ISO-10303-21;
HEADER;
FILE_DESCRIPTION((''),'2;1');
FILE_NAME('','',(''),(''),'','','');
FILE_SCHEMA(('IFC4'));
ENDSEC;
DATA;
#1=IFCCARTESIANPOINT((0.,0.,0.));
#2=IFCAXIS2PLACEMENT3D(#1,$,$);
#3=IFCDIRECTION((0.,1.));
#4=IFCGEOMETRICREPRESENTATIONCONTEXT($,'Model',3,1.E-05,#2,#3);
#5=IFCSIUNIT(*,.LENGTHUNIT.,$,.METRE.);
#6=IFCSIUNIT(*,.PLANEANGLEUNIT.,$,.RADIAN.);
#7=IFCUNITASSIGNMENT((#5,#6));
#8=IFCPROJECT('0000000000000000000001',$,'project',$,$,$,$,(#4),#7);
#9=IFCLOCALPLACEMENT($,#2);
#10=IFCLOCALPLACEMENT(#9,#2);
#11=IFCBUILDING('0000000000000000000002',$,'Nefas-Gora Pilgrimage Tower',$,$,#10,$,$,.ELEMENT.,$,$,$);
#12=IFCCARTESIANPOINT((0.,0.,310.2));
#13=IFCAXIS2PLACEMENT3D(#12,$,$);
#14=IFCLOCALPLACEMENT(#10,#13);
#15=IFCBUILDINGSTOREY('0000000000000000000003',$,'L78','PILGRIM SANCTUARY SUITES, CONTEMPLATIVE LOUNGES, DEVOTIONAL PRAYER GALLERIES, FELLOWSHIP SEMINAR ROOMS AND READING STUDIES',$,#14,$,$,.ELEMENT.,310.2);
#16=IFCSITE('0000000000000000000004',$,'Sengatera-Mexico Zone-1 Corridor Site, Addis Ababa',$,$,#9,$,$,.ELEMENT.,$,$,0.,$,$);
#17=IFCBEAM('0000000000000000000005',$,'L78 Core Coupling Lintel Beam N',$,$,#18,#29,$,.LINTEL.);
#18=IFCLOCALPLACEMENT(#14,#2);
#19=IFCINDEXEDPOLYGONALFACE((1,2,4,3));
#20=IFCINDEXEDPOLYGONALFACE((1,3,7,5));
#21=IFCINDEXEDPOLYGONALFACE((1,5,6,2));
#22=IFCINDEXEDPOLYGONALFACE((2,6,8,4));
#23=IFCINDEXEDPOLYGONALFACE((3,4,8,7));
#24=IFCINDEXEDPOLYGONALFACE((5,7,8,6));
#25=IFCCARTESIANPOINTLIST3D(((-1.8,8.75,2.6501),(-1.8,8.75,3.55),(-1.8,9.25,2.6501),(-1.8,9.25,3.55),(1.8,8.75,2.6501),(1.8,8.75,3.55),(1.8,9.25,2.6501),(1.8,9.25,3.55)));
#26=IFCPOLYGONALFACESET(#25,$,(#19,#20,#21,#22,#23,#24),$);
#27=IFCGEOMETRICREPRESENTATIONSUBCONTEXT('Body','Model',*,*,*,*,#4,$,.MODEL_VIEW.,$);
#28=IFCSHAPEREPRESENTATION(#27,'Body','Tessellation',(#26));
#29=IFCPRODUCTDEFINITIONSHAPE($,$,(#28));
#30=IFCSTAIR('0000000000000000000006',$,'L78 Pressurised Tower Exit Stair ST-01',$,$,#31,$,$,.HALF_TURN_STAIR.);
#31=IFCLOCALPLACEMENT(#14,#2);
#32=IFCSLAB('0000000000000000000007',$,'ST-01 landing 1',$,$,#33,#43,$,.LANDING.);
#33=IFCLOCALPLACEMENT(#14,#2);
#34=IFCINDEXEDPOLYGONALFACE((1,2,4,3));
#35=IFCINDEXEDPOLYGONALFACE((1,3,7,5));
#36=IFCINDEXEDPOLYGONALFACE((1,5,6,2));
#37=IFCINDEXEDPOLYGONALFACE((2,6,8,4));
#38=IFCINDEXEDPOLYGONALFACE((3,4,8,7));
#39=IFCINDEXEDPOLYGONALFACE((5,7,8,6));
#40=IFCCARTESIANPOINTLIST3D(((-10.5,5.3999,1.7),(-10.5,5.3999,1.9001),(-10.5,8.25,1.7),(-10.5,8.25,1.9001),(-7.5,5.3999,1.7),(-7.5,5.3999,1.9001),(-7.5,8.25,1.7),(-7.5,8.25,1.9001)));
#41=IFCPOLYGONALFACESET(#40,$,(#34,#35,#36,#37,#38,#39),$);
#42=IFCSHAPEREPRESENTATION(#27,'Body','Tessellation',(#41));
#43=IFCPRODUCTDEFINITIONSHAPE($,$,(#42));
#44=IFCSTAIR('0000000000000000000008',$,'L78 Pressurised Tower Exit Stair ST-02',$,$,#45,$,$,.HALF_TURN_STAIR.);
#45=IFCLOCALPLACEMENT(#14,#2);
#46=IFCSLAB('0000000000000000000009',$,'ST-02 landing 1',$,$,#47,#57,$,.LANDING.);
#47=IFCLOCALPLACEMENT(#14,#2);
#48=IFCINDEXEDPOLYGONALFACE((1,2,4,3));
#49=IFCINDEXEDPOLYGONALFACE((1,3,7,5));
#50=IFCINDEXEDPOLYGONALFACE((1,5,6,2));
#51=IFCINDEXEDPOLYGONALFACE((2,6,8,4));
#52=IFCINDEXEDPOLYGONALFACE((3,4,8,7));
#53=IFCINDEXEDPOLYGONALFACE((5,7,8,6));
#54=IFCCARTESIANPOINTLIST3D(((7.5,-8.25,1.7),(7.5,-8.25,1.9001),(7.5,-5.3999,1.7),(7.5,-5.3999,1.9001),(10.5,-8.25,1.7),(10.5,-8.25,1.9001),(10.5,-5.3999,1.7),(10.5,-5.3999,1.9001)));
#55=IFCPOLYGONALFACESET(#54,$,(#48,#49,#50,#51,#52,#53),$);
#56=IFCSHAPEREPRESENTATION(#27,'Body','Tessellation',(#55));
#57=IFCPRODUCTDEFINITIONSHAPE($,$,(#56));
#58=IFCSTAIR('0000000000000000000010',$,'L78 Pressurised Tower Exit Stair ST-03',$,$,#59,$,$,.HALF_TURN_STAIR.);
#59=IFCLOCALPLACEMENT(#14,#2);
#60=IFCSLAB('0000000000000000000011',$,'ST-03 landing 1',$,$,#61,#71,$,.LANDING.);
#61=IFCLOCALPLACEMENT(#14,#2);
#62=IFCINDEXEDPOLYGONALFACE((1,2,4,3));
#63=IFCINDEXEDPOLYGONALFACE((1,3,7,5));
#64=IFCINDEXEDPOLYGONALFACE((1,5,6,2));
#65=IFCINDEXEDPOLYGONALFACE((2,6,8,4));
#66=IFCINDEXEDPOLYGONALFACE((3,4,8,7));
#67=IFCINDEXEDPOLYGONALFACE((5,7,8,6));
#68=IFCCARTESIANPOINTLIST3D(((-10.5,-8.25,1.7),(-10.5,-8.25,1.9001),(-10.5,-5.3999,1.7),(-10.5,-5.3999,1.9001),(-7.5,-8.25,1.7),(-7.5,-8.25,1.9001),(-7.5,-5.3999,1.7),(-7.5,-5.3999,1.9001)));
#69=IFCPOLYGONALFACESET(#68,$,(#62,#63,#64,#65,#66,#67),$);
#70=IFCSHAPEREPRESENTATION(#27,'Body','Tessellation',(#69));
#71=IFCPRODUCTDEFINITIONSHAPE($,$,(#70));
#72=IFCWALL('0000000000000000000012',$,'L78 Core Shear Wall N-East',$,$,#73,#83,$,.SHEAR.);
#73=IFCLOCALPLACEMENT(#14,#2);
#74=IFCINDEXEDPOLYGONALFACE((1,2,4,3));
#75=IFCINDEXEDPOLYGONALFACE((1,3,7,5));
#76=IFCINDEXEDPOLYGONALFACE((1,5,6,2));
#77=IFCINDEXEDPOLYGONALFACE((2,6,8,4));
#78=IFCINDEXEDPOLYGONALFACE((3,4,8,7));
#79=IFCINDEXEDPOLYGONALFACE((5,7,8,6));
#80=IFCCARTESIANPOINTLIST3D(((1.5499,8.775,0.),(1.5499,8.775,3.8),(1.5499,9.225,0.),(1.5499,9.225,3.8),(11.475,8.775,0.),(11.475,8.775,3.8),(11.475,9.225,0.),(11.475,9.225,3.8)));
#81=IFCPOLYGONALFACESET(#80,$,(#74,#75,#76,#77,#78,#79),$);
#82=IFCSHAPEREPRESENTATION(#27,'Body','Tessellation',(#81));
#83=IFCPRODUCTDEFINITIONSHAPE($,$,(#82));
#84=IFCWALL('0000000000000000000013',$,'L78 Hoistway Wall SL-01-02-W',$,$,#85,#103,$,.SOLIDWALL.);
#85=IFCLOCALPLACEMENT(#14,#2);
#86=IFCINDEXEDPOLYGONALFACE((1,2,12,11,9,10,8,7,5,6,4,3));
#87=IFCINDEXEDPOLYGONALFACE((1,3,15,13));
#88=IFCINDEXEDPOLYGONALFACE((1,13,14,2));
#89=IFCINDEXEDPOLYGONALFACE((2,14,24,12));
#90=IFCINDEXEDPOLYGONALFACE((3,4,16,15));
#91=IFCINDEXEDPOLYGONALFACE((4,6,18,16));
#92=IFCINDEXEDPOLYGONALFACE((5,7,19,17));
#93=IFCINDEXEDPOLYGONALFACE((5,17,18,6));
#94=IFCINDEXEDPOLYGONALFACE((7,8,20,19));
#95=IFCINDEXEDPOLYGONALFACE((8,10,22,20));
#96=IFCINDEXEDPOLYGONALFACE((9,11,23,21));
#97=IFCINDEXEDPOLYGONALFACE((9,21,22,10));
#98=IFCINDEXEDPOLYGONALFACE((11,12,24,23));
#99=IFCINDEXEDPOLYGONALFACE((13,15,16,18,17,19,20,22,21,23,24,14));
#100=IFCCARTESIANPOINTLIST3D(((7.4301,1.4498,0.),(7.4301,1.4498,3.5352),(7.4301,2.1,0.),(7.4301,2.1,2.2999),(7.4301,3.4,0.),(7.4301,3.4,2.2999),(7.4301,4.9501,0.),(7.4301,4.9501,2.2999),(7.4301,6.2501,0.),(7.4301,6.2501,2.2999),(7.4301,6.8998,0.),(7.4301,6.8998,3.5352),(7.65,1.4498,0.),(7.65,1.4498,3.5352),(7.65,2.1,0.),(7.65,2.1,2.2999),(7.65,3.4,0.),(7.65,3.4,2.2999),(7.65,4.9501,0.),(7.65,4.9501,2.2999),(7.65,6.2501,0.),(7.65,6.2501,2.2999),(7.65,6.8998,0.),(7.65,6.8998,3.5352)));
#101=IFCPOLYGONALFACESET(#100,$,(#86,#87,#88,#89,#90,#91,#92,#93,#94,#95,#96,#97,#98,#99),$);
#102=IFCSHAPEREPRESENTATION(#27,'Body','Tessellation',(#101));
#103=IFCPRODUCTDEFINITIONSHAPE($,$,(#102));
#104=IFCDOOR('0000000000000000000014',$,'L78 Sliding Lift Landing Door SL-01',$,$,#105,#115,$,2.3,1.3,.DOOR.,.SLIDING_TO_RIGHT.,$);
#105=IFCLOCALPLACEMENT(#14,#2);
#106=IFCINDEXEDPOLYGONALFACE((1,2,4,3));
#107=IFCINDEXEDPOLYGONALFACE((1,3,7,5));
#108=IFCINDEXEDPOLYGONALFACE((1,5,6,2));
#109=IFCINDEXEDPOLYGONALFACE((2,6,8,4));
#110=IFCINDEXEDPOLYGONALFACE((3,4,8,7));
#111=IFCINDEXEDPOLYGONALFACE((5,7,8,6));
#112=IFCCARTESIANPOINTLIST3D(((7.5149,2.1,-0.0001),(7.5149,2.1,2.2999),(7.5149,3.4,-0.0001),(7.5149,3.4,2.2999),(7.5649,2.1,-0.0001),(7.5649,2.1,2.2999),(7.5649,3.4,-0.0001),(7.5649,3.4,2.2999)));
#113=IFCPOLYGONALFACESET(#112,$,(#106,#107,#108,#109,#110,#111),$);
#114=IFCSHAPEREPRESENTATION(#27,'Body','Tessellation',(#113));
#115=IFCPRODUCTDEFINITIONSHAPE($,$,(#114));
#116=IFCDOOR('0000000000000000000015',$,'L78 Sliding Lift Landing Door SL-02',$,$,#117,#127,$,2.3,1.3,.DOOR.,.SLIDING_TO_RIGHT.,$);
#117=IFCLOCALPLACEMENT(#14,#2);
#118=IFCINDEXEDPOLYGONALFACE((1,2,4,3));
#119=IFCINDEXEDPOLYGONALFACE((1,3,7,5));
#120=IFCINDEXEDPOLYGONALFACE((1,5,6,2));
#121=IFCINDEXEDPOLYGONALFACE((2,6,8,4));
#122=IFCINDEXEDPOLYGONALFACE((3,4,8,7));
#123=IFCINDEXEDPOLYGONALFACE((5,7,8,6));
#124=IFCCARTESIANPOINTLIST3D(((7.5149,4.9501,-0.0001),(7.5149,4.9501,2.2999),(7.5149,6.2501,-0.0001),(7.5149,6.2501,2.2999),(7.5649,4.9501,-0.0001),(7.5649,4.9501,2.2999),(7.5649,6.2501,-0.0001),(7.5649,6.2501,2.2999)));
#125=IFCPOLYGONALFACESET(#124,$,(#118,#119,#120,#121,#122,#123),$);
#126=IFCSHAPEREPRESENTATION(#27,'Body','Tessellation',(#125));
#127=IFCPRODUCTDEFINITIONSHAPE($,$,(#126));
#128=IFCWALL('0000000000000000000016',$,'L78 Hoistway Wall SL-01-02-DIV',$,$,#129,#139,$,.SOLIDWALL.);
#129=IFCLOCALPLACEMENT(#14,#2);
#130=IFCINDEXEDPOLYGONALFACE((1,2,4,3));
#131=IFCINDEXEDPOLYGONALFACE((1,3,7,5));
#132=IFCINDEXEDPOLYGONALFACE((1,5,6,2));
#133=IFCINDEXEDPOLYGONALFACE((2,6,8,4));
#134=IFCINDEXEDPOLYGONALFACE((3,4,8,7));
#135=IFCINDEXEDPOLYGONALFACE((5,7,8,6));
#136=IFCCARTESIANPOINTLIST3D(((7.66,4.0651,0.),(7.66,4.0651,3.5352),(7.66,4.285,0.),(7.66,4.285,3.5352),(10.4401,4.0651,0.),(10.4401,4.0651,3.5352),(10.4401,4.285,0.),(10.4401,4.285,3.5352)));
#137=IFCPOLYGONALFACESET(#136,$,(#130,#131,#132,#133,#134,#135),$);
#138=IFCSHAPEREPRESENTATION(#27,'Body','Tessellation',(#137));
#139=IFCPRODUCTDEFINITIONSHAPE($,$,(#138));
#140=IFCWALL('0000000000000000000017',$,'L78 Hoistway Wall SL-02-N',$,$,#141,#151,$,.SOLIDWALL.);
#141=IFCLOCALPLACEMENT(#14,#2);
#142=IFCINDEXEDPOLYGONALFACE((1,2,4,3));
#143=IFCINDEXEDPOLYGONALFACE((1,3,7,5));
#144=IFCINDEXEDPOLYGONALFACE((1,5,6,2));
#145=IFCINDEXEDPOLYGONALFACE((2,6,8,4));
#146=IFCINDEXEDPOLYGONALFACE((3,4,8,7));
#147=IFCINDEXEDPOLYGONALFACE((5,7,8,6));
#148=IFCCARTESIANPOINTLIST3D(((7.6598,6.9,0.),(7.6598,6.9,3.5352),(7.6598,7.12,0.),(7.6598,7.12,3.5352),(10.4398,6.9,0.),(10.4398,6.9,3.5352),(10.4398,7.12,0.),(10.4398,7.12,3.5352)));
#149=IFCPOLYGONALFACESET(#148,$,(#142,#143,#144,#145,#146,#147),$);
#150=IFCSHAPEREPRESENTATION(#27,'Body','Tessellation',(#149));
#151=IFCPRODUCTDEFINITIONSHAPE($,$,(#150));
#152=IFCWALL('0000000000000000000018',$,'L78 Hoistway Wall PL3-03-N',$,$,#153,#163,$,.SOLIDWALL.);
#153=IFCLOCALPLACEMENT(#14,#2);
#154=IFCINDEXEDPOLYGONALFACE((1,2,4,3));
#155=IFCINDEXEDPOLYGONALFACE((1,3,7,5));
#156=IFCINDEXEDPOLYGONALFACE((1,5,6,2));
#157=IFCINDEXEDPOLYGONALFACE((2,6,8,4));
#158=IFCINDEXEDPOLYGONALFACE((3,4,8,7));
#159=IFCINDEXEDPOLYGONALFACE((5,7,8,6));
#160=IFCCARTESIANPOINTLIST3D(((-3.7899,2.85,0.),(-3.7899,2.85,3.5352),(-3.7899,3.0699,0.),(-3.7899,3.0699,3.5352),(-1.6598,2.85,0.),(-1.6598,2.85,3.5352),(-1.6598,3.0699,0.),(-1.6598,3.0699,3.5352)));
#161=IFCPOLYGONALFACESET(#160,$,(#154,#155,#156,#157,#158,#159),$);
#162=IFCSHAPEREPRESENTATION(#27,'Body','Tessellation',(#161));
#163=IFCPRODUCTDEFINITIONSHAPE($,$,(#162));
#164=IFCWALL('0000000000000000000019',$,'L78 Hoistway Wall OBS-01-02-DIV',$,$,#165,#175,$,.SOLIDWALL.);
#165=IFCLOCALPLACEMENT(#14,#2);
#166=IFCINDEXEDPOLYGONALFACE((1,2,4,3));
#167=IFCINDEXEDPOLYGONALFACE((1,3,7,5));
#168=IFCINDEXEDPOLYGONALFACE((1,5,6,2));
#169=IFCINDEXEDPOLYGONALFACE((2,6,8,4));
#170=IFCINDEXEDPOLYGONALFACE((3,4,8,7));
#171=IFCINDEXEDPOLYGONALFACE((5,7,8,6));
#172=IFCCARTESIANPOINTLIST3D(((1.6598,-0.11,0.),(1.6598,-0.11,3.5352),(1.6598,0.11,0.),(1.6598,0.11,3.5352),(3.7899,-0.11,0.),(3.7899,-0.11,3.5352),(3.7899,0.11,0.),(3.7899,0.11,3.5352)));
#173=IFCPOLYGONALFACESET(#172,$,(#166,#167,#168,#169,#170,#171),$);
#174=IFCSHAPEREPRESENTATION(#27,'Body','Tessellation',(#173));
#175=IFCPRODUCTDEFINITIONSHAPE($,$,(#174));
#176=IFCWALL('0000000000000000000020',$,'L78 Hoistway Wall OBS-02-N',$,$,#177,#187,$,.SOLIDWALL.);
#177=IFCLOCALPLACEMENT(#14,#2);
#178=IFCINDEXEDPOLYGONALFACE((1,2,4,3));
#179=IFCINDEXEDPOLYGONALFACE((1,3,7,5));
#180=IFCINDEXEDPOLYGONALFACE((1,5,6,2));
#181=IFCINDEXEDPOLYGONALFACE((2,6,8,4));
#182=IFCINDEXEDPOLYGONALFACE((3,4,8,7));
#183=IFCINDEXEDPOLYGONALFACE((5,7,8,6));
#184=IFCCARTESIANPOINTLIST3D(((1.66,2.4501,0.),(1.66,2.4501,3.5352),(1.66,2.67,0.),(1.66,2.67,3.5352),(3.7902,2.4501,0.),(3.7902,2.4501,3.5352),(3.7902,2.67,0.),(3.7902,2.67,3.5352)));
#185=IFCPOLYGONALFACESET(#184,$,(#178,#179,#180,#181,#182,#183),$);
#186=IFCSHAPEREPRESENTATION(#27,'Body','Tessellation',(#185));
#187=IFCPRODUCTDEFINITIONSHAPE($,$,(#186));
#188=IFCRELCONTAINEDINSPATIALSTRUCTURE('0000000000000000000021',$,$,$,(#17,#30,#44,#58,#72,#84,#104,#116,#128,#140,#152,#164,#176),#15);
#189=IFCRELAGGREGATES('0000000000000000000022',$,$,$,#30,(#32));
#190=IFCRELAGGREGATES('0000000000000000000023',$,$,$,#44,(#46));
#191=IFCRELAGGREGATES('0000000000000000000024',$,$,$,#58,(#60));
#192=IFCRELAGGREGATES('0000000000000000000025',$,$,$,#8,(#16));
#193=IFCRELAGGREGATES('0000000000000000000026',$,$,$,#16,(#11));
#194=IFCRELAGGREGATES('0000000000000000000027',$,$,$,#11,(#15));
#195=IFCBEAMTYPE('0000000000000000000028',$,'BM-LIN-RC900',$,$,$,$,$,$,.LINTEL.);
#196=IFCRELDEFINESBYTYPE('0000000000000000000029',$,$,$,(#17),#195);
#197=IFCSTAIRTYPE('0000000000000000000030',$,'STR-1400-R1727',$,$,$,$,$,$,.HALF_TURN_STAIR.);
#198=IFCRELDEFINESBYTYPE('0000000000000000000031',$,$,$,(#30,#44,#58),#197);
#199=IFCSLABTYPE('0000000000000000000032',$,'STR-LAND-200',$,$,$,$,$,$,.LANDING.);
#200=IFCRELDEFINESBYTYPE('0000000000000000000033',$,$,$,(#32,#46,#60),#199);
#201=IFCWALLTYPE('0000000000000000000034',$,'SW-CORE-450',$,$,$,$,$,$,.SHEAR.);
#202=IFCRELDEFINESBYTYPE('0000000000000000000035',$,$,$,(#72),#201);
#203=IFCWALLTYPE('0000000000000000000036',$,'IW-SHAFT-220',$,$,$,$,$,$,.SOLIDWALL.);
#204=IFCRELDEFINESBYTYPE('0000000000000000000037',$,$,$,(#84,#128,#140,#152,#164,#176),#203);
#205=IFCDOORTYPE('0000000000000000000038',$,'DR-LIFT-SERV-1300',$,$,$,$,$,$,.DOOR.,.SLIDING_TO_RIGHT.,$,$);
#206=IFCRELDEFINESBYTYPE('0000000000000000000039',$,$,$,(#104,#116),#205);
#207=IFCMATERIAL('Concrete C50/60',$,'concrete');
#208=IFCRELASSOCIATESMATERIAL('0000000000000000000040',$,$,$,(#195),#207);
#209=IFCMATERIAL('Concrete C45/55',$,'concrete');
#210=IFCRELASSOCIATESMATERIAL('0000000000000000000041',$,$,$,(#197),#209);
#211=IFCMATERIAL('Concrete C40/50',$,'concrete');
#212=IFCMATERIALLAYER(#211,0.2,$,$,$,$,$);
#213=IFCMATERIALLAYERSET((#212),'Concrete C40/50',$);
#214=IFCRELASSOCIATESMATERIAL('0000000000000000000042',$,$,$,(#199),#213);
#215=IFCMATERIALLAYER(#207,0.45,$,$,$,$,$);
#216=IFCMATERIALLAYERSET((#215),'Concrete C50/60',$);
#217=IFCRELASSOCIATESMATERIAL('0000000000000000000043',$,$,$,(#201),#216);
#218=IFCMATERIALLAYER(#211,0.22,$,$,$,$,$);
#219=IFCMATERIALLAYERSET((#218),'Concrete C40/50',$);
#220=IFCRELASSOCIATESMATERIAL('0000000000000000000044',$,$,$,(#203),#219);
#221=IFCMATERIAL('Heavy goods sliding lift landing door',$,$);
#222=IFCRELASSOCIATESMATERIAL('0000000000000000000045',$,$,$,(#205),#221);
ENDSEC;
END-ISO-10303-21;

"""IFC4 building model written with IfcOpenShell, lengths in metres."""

from ifc_helpers import new_model, si_unit, direction, frame, frame_2d, origin, origin_2d, place, context, subcontext, project, spatial, polyline, rectangle, outline, extrude, source, transform, mapped, material, layer, layer_set, material_profile, profile_set, type_object, element, fill, aggregate, save


model = new_model("IFC4")

# Units and contexts
model_context = context("Model", 3, precision=1e-05, world=origin(), true_north=direction((0.0, 1.0)))
body_context = subcontext(model_context, "Body", "Model", "MODEL_VIEW")
ifc_project = project(units=[si_unit("LENGTHUNIT", "METRE"), si_unit("PLANEANGLEUNIT", "RADIAN")], contexts=[model_context])

# Site, building, storey
site_placement = place(None, origin())
site = spatial("IfcSite", under=ifc_project, at=site_placement, Name="Sengatera-Mexico Zone-1 Corridor Site, Addis Ababa", CompositionType="ELEMENT", RefElevation=0.0)
building_placement = place(site_placement, origin())
building = spatial("IfcBuilding", under=site, at=building_placement, Name="Nefas-Gora Pilgrimage Tower", CompositionType="ELEMENT")
storey_placement = place(building_placement, frame((0.0, 0.0, 310.2)))
storey = spatial("IfcBuildingStorey", under=building, at=storey_placement, Name="L78", Description="PILGRIM SANCTUARY SUITES, CONTEMPLATIVE LOUNGES, DEVOTIONAL PRAYER GALLERIES, FELLOWSHIP SEMINAR ROOMS AND READING STUDIES", CompositionType="ELEMENT", Elevation=310.2)

# Beam
ifc_material_1 = material(Name="Concrete C50/60", Category="concrete")
ifc_material_profile = material_profile(ifc_material_1, rectangle(XDim=0.5, YDim=0.8999, at=origin_2d()), Name="RC 500x900")
ifc_profile_set = profile_set([ifc_material_profile], Name="Concrete C50/60")
beam_type = type_object("IfcBeamType", Name="BM-LIN-RC900", PredefinedType="LINTEL", material=ifc_profile_set)
shared_shape_1 = source(origin(), body_context, "Body", "SweptSolid", [
    extrude(rectangle(XDim=0.5, YDim=0.8999, at=origin_2d()), origin(), (0.0, 0.0, 1.0), 3.6001),
])
beam_placement = place(storey_placement, frame((-1.8, 9.0, 3.1001), z_axis=(1.0, 0.0, 0.0), x_axis=(0.0, 1.0, 0.0)))
element("IfcBeam", 1, at=beam_placement, inside=storey, type_object=beam_type, Name="L78 Core Coupling Lintel Beam N", PredefinedType="LINTEL", context=body_context, shape_type="MappedRepresentation", body=[
    mapped(shared_shape_1, transform((0.0, 0.0, 0.0), x_axis=(1.0, 0.0, 0.0), y_axis=(0.0, 1.0, 0.0), z_axis=(0.0, 0.0, 1.0), scale=1.0)),
])

# Stairs, slabs
ifc_material_2 = material(Name="Concrete C45/55", Category="concrete")
stair_type = type_object("IfcStairType", Name="STR-1400-R1727", PredefinedType="HALF_TURN_STAIR", material=ifc_material_2)
stair_1_placement = place(storey_placement, origin())
stair_1 = element("IfcStair", 2, at=stair_1_placement, inside=storey, type_object=stair_type, Name="L78 Pressurised Tower Exit Stair ST-01", PredefinedType="HALF_TURN_STAIR")
ifc_material_3 = material(Name="Concrete C40/50", Category="concrete")
ifc_layer_1 = layer(ifc_material_3, 0.2)
ifc_layer_set_1 = layer_set([ifc_layer_1], Name="Concrete C40/50")
slab_type = type_object("IfcSlabType", Name="STR-LAND-200", PredefinedType="LANDING", material=ifc_layer_set_1)
slab_1_placement = place(storey_placement, frame((0.0, 0.0, 1.7)))
slab_1 = element("IfcSlab", 3, at=slab_1_placement, type_object=slab_type, Name="ST-01 landing 1", PredefinedType="LANDING", context=body_context, shape_type="SweptSolid", body=[
    extrude(outline(polyline([(-7.5, 5.3999), (-7.5, 8.25), (-10.5, 8.25), (-10.5, 5.3999), (-7.5, 5.3999)])), origin(), (0.0, 0.0, 1.0), 0.2002),
])
aggregate(stair_1, [slab_1])
stair_2_placement = place(storey_placement, origin())
stair_2 = element("IfcStair", 4, at=stair_2_placement, inside=storey, type_object=stair_type, Name="L78 Pressurised Tower Exit Stair ST-02", PredefinedType="HALF_TURN_STAIR")
slab_2_placement = place(storey_placement, frame((0.0, 0.0, 1.7)))
slab_2 = element("IfcSlab", 5, at=slab_2_placement, type_object=slab_type, Name="ST-02 landing 1", PredefinedType="LANDING", context=body_context, shape_type="SweptSolid", body=[
    extrude(outline(polyline([(7.5, -5.3999), (7.5, -8.25), (10.5, -8.25), (10.5, -5.3999), (7.5, -5.3999)])), origin(), (0.0, 0.0, 1.0), 0.2002),
])
aggregate(stair_2, [slab_2])
stair_3_placement = place(storey_placement, origin())
stair_3 = element("IfcStair", 6, at=stair_3_placement, inside=storey, type_object=stair_type, Name="L78 Pressurised Tower Exit Stair ST-03", PredefinedType="HALF_TURN_STAIR")
slab_3_placement = place(storey_placement, frame((0.0, 0.0, 1.7)))
slab_3 = element("IfcSlab", 7, at=slab_3_placement, type_object=slab_type, Name="ST-03 landing 1", PredefinedType="LANDING", context=body_context, shape_type="SweptSolid", body=[
    extrude(outline(polyline([(-10.5, -5.3999), (-10.5, -8.25), (-7.5, -8.25), (-7.5, -5.3999), (-10.5, -5.3999)])), origin(), (0.0, 0.0, 1.0), 0.2002),
])
aggregate(stair_3, [slab_3])

# Wall
ifc_layer_2 = layer(ifc_material_1, 0.45)
ifc_layer_set_2 = layer_set([ifc_layer_2], Name="Concrete C50/60")
wall_type_1 = type_object("IfcWallType", Name="SW-CORE-450", PredefinedType="SHEAR", material=ifc_layer_set_2)
shared_shape_2 = source(origin(), body_context, "Body", "SweptSolid", [
    extrude(rectangle(XDim=9.925, YDim=0.45, at=frame_2d((4.9624, 0.0))), origin(), (0.0, 0.0, 1.0), 3.8),
])
wall_1_placement = place(storey_placement, frame((1.55, 9.0, 0.0), z_axis=(0.0, 0.0, 1.0), x_axis=(1.0, 0.0, 0.0)))
element("IfcWall", 8, at=wall_1_placement, inside=storey, type_object=wall_type_1, Name="L78 Core Shear Wall N-East", PredefinedType="SHEAR", context=body_context, shape_type="MappedRepresentation", body=[
    mapped(shared_shape_2, transform((0.0, 0.0, 0.0), x_axis=(1.0, 0.0, 0.0), y_axis=(0.0, 1.0, 0.0), z_axis=(0.0, 0.0, 1.0), scale=1.0)),
])

# Wall, openings, doors
ifc_layer_3 = layer(ifc_material_3, 0.22)
ifc_layer_set_3 = layer_set([ifc_layer_3], Name="Concrete C40/50")
wall_type_2 = type_object("IfcWallType", Name="IW-SHAFT-220", PredefinedType="SOLIDWALL", material=ifc_layer_set_3)
shared_shape_3 = source(origin(), body_context, "Body", "SweptSolid", [
    extrude(rectangle(XDim=5.45, YDim=0.22, at=frame_2d((2.7251, 0.0))), origin(), (0.0, 0.0, 1.0), 3.5352),
])
wall_2_placement = place(storey_placement, frame((7.54, 6.8999, 0.0), z_axis=(0.0, 0.0, 1.0), x_axis=(0.0, -1.0, 0.0)))
wall_2 = element("IfcWall", 9, at=wall_2_placement, inside=storey, type_object=wall_type_2, Name="L78 Hoistway Wall SL-01-02-W", PredefinedType="SOLIDWALL", context=body_context, shape_type="MappedRepresentation", body=[
    mapped(shared_shape_3, transform((0.0, 0.0, 0.0), x_axis=(1.0, 0.0, 0.0), y_axis=(0.0, 1.0, 0.0), z_axis=(0.0, 0.0, 1.0), scale=1.0)),
])
opening_1_placement = place(wall_2_placement, frame((3.5, 0.0, 0.0)))
opening_1 = element("IfcOpeningElement", 10, at=opening_1_placement, cuts=wall_2, PredefinedType="OPENING", context=body_context, shape_type="SweptSolid", body=[
    extrude(rectangle(XDim=1.3, YDim=2.3, at=frame_2d((0.6499, 1.1499))), frame((0.0, 0.1199, 0.0), z_axis=(0.0, -1.0, 0.0), x_axis=(1.0, 0.0, 0.0)), (0.0, 0.0, 1.0), 0.24),
])
opening_2_placement = place(wall_2_placement, frame((0.6499, 0.0, 0.0)))
opening_2 = element("IfcOpeningElement", 11, at=opening_2_placement, cuts=wall_2, PredefinedType="OPENING", context=body_context, shape_type="SweptSolid", body=[
    extrude(rectangle(XDim=1.3, YDim=2.3, at=frame_2d((0.6499, 1.1499))), frame((0.0, 0.1199, 0.0), z_axis=(0.0, -1.0, 0.0), x_axis=(1.0, 0.0, 0.0)), (0.0, 0.0, 1.0), 0.24),
])
ifc_material_4 = material(Name="Heavy goods sliding lift landing door")
door_type_1 = type_object("IfcDoorType", Name="DR-LIFT-SERV-1300", OperationType="SLIDING_TO_RIGHT", PredefinedType="DOOR", material=ifc_material_4)
shared_shape_4 = source(origin(), body_context, "Body", "SweptSolid", [
    extrude(rectangle(XDim=1.3, YDim=2.3, at=frame_2d((0.6499, 1.1499))), frame((0.0, 0.0249, 0.0), z_axis=(0.0, -1.0, 0.0), x_axis=(1.0, 0.0, 0.0)), (0.0, 0.0, 1.0), 0.05),
])
door_1_placement = place(opening_1_placement, origin())
door_1 = element("IfcDoor", 12, at=door_1_placement, inside=storey, type_object=door_type_1, Name="L78 Sliding Lift Landing Door SL-01", OperationType="SLIDING_TO_RIGHT", OverallHeight=2.3, OverallWidth=1.3, PredefinedType="DOOR", context=body_context, shape_type="MappedRepresentation", body=[
    mapped(shared_shape_4, transform((0.0, 0.0, 0.0), x_axis=(1.0, 0.0, 0.0), y_axis=(0.0, 1.0, 0.0), z_axis=(0.0, 0.0, 1.0), scale=1.0)),
])
fill(opening_1, door_1)
door_2_placement = place(opening_2_placement, origin())
door_2 = element("IfcDoor", 13, at=door_2_placement, inside=storey, type_object=door_type_1, Name="L78 Sliding Lift Landing Door SL-02", OperationType="SLIDING_TO_RIGHT", OverallHeight=2.3, OverallWidth=1.3, PredefinedType="DOOR", context=body_context, shape_type="MappedRepresentation", body=[
    mapped(shared_shape_4, transform((0.0, 0.0, 0.0), x_axis=(1.0, 0.0, 0.0), y_axis=(0.0, 1.0, 0.0), z_axis=(0.0, 0.0, 1.0), scale=1.0)),
])
fill(opening_2, door_2)

# Walls
shared_shape_5 = source(origin(), body_context, "Body", "SweptSolid", [
    extrude(rectangle(XDim=2.78, YDim=0.22, at=frame_2d((1.3901, 0.0))), origin(), (0.0, 0.0, 1.0), 3.5352),
])
for number, where, z_axis, x_axis, name in (
    (14, (7.6599, 4.175, 0.0), (0.0, 0.0, 1.0), (1.0, 0.0, 0.0), "L78 Hoistway Wall SL-01-02-DIV"),
    (15, (10.4399, 7.01, 0.0), (0.0, 0.0, 1.0), (-1.0, 0.0, 0.0), "L78 Hoistway Wall SL-02-N"),
):
    element("IfcWall", number, at=place(storey_placement, frame(where, z_axis=z_axis, x_axis=x_axis)), inside=storey, type_object=wall_type_2, Name=name, PredefinedType="SOLIDWALL", context=body_context, shape_type="MappedRepresentation", body=[
        mapped(shared_shape_5, transform((0.0, 0.0, 0.0), x_axis=(1.0, 0.0, 0.0), y_axis=(0.0, 1.0, 0.0), z_axis=(0.0, 0.0, 1.0), scale=1.0)),
    ])
shared_shape_6 = source(origin(), body_context, "Body", "SweptSolid", [
    extrude(rectangle(XDim=2.1301, YDim=0.22, at=frame_2d((1.0649, 0.0))), origin(), (0.0, 0.0, 1.0), 3.5352),
])
for number, where, z_axis, x_axis, name in (
    (16, (-1.6599, 2.96, 0.0), (0.0, 0.0, 1.0), (-1.0, 0.0, 0.0), "L78 Hoistway Wall PL3-03-N"),
    (17, (1.6599, 0.0, 0.0), (0.0, 0.0, 1.0), (1.0, 0.0, 0.0), "L78 Hoistway Wall OBS-01-02-DIV"),
    (18, (3.79, 2.5601, 0.0), (0.0, 0.0, 1.0), (-1.0, 0.0, 0.0), "L78 Hoistway Wall OBS-02-N"),
):
    element("IfcWall", number, at=place(storey_placement, frame(where, z_axis=z_axis, x_axis=x_axis)), inside=storey, type_object=wall_type_2, Name=name, PredefinedType="SOLIDWALL", context=body_context, shape_type="MappedRepresentation", body=[
        mapped(shared_shape_6, transform((0.0, 0.0, 0.0), x_axis=(1.0, 0.0, 0.0), y_axis=(0.0, 1.0, 0.0), z_axis=(0.0, 0.0, 1.0), scale=1.0)),
    ])

save(model, "model.ifc")
